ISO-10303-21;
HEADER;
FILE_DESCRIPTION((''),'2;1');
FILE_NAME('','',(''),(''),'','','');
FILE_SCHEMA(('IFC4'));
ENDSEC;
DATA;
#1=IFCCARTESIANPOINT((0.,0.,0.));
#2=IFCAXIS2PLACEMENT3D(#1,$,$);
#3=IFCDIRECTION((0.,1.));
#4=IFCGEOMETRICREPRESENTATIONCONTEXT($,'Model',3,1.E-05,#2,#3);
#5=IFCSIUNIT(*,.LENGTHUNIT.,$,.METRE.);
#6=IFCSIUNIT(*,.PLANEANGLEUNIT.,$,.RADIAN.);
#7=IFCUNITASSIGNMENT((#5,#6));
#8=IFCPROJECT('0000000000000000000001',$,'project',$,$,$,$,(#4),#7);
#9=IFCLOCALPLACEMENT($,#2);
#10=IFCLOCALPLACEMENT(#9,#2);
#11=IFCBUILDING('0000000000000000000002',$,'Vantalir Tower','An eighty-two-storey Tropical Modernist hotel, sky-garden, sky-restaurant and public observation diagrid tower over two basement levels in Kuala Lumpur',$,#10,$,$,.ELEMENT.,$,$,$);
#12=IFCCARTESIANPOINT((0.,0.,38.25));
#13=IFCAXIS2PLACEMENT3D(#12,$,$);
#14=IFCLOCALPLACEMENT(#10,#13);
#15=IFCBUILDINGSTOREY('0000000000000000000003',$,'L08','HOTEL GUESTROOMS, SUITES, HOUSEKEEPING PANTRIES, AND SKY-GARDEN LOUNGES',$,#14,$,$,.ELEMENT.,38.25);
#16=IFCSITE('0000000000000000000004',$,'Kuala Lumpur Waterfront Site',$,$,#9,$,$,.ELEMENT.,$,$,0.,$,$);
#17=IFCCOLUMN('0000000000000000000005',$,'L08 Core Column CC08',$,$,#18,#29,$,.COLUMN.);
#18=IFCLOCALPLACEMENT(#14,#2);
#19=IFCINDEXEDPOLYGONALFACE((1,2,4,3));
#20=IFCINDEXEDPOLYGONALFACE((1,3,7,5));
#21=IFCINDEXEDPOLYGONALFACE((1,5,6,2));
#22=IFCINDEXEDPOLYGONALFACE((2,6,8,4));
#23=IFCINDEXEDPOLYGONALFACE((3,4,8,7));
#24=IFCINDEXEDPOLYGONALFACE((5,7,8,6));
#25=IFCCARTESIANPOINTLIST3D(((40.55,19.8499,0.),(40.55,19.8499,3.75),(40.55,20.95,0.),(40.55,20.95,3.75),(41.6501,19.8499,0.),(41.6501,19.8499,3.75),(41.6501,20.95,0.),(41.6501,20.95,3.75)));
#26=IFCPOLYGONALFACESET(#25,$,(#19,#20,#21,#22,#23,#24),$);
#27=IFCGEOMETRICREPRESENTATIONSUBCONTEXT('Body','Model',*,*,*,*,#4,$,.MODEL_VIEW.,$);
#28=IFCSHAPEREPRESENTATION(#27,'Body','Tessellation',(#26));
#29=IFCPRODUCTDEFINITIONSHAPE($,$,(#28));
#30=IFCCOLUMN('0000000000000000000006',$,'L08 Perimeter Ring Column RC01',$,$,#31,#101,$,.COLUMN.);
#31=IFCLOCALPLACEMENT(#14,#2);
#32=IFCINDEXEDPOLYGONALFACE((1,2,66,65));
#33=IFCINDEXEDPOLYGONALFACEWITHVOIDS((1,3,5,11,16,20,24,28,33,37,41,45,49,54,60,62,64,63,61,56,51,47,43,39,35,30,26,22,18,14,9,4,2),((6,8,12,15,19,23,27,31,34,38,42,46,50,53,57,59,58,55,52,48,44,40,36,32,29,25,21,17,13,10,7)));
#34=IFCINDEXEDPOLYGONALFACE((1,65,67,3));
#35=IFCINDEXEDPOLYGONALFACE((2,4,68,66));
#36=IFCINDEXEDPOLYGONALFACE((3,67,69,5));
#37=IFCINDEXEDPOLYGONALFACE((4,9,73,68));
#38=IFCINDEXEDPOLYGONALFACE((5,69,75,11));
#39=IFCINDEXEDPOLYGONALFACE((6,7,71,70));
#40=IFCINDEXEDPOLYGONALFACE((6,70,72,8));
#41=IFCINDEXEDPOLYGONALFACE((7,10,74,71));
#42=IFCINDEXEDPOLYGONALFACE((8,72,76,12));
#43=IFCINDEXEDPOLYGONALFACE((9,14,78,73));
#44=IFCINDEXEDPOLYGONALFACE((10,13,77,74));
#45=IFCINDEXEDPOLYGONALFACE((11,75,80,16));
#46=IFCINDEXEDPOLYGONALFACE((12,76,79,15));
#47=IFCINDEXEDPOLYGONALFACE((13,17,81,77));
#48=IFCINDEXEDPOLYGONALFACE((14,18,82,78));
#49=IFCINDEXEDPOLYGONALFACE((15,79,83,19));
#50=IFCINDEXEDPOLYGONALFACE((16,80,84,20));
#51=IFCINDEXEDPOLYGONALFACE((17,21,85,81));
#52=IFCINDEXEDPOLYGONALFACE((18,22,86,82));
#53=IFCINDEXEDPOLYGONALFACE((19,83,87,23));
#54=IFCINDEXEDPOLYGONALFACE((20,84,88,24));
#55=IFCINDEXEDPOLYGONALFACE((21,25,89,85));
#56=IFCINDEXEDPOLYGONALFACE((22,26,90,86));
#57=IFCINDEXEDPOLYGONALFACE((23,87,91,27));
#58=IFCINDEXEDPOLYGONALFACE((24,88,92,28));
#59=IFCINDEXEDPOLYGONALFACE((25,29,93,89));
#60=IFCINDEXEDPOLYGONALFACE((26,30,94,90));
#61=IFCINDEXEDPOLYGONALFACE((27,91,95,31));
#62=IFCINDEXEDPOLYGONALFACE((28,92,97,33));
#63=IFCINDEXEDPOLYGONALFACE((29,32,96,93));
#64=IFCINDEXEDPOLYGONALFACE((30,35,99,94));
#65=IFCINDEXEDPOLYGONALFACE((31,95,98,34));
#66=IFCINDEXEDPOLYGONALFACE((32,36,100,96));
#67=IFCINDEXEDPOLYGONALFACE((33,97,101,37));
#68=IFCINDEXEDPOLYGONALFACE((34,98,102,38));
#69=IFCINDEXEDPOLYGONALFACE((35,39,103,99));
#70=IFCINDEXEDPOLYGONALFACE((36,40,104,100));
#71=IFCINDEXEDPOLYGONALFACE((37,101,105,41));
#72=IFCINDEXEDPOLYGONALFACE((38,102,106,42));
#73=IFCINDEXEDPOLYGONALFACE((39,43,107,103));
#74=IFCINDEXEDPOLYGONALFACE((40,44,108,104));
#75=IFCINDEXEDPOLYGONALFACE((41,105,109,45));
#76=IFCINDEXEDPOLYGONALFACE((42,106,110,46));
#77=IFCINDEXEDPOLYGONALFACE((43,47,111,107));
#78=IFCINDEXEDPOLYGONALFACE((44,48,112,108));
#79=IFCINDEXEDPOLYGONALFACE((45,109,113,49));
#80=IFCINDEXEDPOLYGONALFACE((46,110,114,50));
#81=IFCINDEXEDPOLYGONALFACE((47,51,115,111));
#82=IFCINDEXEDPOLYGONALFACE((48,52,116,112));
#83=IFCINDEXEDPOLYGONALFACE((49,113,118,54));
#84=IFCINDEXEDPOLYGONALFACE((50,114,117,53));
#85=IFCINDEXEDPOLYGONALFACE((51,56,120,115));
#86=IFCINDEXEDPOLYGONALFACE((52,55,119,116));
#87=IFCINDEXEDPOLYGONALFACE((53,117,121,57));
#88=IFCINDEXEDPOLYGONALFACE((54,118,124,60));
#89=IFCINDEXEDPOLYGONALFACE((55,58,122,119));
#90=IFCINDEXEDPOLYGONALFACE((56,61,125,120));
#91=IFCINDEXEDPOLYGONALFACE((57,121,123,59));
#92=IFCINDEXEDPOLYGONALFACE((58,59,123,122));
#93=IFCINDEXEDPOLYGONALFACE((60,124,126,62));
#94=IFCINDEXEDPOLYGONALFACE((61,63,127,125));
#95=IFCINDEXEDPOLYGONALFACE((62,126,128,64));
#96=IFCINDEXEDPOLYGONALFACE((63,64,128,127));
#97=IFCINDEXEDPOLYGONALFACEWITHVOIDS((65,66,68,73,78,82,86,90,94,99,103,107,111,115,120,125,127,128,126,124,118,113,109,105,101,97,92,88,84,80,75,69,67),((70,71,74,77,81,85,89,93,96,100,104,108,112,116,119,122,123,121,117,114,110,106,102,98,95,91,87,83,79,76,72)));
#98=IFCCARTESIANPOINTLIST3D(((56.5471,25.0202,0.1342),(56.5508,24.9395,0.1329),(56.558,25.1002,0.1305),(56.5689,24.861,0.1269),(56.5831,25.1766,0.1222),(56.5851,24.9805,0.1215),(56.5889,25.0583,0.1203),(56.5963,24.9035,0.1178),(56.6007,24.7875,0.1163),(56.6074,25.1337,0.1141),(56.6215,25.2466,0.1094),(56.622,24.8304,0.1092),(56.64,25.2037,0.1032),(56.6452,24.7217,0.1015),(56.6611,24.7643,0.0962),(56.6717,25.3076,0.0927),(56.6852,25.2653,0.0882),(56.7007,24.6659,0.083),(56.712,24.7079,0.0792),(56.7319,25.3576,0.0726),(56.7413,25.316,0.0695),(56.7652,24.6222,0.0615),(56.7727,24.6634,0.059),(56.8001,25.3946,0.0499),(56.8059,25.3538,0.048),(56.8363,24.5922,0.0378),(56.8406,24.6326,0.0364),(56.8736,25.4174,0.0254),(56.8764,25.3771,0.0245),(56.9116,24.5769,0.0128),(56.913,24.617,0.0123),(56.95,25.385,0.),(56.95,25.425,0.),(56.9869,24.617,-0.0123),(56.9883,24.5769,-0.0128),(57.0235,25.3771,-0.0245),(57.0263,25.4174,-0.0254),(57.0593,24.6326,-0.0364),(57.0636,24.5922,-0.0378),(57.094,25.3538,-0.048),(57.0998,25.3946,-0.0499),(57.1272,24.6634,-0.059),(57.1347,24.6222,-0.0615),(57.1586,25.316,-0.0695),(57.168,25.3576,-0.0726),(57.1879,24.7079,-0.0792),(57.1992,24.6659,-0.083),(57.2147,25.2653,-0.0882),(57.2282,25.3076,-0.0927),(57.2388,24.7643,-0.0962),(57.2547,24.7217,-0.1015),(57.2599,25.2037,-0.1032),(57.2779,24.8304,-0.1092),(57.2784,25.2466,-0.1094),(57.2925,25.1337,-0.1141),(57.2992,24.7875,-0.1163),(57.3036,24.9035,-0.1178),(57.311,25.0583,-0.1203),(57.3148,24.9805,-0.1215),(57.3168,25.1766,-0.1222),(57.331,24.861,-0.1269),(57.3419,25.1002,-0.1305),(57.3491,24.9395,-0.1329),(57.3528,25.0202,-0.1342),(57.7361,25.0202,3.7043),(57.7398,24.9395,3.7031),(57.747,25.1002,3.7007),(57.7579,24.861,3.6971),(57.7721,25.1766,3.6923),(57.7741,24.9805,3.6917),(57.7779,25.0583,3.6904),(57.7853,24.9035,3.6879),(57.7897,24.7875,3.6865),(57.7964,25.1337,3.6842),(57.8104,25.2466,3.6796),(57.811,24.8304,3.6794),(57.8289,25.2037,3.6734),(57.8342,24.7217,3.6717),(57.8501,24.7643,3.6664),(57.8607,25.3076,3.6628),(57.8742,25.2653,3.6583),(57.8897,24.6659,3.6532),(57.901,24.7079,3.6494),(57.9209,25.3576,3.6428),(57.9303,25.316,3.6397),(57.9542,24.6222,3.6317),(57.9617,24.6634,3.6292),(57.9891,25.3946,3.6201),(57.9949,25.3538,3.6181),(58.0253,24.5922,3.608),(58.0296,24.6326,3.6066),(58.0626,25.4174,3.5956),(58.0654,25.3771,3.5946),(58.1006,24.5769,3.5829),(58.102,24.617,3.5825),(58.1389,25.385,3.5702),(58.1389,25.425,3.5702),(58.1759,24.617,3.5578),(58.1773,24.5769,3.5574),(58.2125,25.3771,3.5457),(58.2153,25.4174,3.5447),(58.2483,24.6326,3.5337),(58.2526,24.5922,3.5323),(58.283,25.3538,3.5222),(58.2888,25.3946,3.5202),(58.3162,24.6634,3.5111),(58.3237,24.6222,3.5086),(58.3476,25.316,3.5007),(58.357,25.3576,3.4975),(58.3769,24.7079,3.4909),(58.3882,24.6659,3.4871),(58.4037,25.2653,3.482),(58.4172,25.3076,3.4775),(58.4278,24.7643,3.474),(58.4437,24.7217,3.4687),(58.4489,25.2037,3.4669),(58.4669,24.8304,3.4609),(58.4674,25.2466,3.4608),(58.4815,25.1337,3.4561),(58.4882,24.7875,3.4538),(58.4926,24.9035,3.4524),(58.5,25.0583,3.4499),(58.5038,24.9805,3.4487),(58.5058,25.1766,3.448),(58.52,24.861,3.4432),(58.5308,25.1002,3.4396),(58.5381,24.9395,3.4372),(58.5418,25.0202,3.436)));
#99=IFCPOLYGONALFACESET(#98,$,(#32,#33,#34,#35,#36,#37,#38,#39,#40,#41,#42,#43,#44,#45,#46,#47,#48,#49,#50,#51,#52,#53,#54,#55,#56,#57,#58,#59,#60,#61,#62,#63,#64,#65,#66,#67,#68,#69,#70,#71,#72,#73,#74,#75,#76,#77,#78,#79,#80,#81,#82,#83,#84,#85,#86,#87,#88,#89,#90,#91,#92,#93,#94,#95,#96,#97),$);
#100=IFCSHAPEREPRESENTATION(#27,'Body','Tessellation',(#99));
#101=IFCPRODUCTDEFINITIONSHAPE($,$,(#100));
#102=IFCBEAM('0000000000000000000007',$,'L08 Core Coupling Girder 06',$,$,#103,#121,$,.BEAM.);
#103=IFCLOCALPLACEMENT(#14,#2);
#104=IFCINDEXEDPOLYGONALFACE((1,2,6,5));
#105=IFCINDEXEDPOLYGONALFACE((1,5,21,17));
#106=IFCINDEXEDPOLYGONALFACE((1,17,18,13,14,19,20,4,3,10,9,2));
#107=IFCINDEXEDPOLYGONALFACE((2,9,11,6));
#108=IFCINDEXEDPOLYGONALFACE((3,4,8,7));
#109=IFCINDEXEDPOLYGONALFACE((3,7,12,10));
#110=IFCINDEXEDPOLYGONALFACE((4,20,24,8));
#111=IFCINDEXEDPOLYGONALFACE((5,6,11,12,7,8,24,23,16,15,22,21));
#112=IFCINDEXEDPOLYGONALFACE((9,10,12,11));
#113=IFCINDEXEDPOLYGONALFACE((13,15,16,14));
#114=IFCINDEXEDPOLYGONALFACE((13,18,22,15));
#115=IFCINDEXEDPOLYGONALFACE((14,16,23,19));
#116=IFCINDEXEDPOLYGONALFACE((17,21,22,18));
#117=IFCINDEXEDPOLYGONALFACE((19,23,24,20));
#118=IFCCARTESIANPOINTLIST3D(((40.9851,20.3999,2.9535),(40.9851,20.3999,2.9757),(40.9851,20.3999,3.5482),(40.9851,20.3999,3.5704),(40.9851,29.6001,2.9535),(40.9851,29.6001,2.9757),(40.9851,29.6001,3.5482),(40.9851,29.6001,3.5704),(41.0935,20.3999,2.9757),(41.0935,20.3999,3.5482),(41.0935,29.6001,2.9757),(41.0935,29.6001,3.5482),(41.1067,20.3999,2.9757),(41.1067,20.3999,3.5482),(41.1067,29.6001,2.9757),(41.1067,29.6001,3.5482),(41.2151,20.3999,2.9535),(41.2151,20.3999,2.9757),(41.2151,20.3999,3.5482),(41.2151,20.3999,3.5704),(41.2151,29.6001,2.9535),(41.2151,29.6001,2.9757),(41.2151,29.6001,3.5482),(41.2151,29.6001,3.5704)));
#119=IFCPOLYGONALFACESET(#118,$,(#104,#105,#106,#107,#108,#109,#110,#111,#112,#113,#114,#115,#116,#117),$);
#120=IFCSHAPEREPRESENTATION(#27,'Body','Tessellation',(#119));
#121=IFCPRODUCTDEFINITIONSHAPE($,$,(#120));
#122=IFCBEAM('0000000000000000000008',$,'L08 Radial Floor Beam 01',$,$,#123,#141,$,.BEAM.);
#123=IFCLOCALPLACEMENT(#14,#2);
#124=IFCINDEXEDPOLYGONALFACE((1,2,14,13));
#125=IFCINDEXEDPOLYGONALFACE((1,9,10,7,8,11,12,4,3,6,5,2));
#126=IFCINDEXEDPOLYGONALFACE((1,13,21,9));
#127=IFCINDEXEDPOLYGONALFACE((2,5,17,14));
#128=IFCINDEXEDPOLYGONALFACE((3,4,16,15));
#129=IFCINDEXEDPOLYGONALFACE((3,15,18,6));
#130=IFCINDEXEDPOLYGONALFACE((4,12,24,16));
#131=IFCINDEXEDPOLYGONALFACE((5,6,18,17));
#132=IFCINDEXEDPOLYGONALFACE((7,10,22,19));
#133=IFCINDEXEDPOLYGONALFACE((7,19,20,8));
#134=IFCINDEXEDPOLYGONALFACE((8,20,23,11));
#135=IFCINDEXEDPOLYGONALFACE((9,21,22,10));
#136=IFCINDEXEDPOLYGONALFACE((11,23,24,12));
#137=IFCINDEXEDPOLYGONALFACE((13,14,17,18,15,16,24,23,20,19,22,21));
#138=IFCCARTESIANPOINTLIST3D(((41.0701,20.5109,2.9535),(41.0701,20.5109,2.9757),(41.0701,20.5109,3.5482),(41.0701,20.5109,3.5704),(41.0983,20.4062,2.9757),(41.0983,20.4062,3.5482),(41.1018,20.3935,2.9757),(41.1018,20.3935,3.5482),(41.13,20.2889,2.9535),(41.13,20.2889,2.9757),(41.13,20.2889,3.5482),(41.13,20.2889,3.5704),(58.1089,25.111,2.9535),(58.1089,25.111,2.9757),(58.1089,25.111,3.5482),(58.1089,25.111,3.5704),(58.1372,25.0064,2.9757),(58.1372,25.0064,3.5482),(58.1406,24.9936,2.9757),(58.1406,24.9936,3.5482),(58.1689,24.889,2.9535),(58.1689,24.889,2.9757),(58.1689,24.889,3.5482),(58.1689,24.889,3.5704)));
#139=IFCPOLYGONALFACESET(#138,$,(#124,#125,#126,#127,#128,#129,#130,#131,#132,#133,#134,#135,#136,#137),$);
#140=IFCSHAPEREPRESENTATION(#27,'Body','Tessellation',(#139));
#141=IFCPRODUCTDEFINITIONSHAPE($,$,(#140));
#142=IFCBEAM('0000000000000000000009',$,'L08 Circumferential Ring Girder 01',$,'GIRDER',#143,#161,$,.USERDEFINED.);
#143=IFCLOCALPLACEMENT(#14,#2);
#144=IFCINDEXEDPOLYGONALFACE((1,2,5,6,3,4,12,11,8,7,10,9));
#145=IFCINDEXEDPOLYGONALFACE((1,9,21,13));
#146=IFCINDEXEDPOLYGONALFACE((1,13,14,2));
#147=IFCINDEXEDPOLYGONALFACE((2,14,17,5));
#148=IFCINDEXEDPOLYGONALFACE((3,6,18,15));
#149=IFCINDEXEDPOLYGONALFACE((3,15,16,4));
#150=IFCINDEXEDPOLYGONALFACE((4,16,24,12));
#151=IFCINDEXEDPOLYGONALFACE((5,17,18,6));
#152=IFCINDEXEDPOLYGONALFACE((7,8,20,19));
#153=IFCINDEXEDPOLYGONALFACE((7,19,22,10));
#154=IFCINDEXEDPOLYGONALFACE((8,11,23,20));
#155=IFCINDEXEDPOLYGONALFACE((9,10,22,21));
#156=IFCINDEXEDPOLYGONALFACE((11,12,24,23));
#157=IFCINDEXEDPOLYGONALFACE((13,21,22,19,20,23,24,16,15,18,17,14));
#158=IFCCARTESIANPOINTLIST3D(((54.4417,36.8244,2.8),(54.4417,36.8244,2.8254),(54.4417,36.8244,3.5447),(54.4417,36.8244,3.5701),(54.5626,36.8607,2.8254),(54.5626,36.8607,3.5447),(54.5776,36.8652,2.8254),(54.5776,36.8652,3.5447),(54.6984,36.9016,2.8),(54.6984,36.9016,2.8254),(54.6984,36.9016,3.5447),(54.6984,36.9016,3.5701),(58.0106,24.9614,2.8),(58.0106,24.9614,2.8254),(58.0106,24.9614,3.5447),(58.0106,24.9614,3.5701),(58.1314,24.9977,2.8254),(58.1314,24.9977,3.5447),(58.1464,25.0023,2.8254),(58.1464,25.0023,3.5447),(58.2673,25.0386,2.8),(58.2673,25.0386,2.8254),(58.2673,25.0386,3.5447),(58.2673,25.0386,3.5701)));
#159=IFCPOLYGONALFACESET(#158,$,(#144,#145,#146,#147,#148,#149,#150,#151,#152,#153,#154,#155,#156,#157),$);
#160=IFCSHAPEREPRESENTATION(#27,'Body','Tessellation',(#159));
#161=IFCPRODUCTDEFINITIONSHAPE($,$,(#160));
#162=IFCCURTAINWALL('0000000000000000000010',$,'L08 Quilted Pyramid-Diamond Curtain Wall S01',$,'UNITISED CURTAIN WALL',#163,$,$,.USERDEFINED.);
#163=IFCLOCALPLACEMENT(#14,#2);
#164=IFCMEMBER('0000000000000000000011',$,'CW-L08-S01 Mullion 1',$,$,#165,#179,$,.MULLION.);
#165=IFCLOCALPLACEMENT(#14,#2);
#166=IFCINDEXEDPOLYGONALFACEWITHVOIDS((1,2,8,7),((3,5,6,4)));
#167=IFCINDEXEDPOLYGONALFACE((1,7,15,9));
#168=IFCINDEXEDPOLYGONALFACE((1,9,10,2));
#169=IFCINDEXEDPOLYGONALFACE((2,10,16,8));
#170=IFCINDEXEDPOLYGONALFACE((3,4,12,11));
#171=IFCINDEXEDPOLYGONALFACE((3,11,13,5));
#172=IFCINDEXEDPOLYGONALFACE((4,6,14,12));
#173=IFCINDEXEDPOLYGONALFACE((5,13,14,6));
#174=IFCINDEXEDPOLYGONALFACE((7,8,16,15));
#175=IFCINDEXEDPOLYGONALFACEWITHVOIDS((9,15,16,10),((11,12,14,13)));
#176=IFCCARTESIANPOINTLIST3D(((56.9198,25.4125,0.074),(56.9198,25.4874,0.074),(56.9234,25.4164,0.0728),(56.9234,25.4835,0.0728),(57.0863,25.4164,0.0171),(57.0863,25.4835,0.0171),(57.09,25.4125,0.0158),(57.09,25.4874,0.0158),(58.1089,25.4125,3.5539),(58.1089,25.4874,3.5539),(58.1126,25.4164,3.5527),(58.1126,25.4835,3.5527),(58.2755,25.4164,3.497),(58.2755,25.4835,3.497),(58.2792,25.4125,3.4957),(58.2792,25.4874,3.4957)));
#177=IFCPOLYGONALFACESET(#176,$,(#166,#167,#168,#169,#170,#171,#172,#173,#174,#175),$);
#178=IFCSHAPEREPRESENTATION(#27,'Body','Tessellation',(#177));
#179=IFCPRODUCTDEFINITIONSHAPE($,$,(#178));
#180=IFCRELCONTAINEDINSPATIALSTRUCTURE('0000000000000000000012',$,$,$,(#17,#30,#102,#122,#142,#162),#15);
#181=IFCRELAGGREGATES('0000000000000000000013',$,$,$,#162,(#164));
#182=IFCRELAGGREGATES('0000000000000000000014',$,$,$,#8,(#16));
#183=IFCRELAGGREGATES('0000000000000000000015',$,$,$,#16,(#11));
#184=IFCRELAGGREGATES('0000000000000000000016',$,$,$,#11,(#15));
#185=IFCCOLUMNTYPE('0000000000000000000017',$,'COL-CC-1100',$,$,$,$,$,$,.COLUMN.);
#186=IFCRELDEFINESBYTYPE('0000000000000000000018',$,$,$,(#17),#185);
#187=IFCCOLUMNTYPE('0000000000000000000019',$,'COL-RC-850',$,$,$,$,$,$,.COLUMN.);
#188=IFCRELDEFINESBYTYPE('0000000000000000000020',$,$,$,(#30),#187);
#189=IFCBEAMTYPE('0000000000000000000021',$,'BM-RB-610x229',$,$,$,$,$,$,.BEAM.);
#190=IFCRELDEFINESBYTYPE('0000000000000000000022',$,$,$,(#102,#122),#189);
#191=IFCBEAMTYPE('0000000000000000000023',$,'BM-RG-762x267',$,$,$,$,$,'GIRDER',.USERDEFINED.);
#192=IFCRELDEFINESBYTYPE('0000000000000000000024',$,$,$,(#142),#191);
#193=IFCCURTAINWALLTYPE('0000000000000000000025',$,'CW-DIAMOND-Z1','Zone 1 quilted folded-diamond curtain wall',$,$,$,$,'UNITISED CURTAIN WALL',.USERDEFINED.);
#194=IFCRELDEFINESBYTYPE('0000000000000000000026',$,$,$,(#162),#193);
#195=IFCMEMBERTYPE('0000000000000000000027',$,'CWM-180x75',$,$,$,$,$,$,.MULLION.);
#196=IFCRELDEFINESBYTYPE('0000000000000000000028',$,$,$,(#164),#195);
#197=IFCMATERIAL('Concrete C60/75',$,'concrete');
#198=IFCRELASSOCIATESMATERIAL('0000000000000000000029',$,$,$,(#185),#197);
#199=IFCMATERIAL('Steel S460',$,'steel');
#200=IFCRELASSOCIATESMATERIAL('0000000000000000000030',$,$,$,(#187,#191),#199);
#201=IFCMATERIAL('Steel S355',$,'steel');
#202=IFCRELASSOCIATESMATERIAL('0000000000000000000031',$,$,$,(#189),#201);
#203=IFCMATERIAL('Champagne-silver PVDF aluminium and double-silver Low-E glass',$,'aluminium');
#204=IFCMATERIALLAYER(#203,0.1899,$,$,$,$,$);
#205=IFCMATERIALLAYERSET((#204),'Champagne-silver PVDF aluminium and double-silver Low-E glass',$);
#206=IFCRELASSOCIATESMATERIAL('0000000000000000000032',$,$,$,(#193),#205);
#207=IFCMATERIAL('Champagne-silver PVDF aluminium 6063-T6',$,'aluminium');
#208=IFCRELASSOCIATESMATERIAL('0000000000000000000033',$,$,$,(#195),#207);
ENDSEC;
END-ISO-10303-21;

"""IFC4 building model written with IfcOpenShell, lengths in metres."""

from ifc_helpers import new_model, si_unit, direction, frame, origin, origin_2d, place, context, subcontext, project, spatial, rectangle, hollow_rectangle, hollow_circle, i_section, extrude, material, layer, layer_set, material_profile, profile_set, type_object, element, aggregate, save


model = new_model("IFC4")

# Units and contexts
model_context = context("Model", 3, precision=1e-05, world=origin(), true_north=direction((0.0, 1.0)))
body_context = subcontext(model_context, "Body", "Model", "MODEL_VIEW")
ifc_project = project(units=[si_unit("LENGTHUNIT", "METRE"), si_unit("PLANEANGLEUNIT", "RADIAN")], contexts=[model_context])

# Site, building, storey
site_placement = place(None, origin())
site = spatial("IfcSite", under=ifc_project, at=site_placement, Name="Kuala Lumpur Waterfront Site", CompositionType="ELEMENT", RefElevation=0.0)
building_placement = place(site_placement, origin())
building = spatial("IfcBuilding", under=site, at=building_placement, Name="Vantalir Tower", Description="An eighty-two-storey Tropical Modernist hotel, sky-garden, sky-restaurant and public observation diagrid tower over two basement levels in Kuala Lumpur", CompositionType="ELEMENT")
storey_placement = place(building_placement, frame((0.0, 0.0, 38.25)))
storey = spatial("IfcBuildingStorey", under=building, at=storey_placement, Name="L08", Description="HOTEL GUESTROOMS, SUITES, HOUSEKEEPING PANTRIES, AND SKY-GARDEN LOUNGES", CompositionType="ELEMENT", Elevation=38.25)

# Columns
ifc_material_1 = material(Name="Concrete C60/75", Category="concrete")
ifc_material_profile_1 = material_profile(ifc_material_1, rectangle(XDim=1.1001, YDim=1.1001, at=origin_2d()), Name="Concrete C60/75")
ifc_profile_set_1 = profile_set([ifc_material_profile_1], Name="Concrete C60/75")
column_type_1 = type_object("IfcColumnType", Name="COL-CC-1100", PredefinedType="COLUMN", material=ifc_profile_set_1)
column_1_placement = place(storey_placement, frame((41.1001, 20.3999, 0.0), z_axis=(0.0, 0.0, 1.0), x_axis=(1.0, 0.0, 0.0)))
element("IfcColumn", 1, at=column_1_placement, inside=storey, type_object=column_type_1, Name="L08 Core Column CC08", PredefinedType="COLUMN", context=body_context, shape_type="SweptSolid", body=[
    extrude(rectangle(XDim=1.1001, YDim=1.1001, at=origin_2d()), origin(), (0.0, 0.0, 1.0), 3.75),
])
ifc_material_2 = material(Name="Steel S460", Category="steel")
ifc_material_profile_2 = material_profile(ifc_material_2, hollow_circle(Radius=0.425, WallThickness=0.04, at=origin_2d()), Name="Steel S460")
ifc_profile_set_2 = profile_set([ifc_material_profile_2], Name="Steel S460")
column_type_2 = type_object("IfcColumnType", Name="COL-RC-850", PredefinedType="COLUMN", material=ifc_profile_set_2)
column_2_placement = place(storey_placement, frame((56.95, 25.0, 0.0), z_axis=(0.315975, 0.0, 0.948768), x_axis=(0.0, 1.0, 0.0)))
element("IfcColumn", 2, at=column_2_placement, inside=storey, type_object=column_type_2, Name="L08 Perimeter Ring Column RC01", PredefinedType="COLUMN", context=body_context, shape_type="SweptSolid", body=[
    extrude(hollow_circle(Radius=0.425, WallThickness=0.04, at=origin_2d()), origin(), (0.0, 0.0, 1.0), 3.7629),
])

# Beams
ifc_material_3 = material(Name="Steel S355", Category="steel")
ifc_material_profile_3 = material_profile(ifc_material_3, i_section(OverallWidth=0.23, OverallDepth=0.6169, WebThickness=0.0132, FlangeThickness=0.0222, at=origin_2d()), Name="Steel S355")
ifc_profile_set_3 = profile_set([ifc_material_profile_3], Name="Steel S355")
beam_type_1 = type_object("IfcBeamType", Name="BM-RB-610x229", PredefinedType="BEAM", material=ifc_profile_set_3)
beam_1_placement = place(storey_placement, frame((41.1001, 20.3999, 3.262), z_axis=(0.0, 1.0, 0.0), x_axis=(-1.0, 0.0, 0.0)))
element("IfcBeam", 3, at=beam_1_placement, inside=storey, type_object=beam_type_1, Name="L08 Core Coupling Girder 06", PredefinedType="BEAM", context=body_context, shape_type="SweptSolid", body=[
    extrude(i_section(OverallWidth=0.23, OverallDepth=0.6169, WebThickness=0.0132, FlangeThickness=0.0222, at=origin_2d()), origin(), (0.0, 0.0, 1.0), 9.2002),
])
beam_2_placement = place(storey_placement, frame((58.1389, 25.0, 3.262), z_axis=(-0.965435, -0.260646, 0.0), x_axis=(0.260646, -0.965435, 0.0)))
element("IfcBeam", 4, at=beam_2_placement, inside=storey, type_object=beam_type_1, Name="L08 Radial Floor Beam 01", PredefinedType="BEAM", context=body_context, shape_type="SweptSolid", body=[
    extrude(i_section(OverallWidth=0.23, OverallDepth=0.6169, WebThickness=0.0132, FlangeThickness=0.0222, at=origin_2d()), origin(), (0.0, 0.0, 1.0), 17.6489),
])
ifc_material_profile_4 = material_profile(ifc_material_2, i_section(OverallWidth=0.2681, OverallDepth=0.77, WebThickness=0.0156, FlangeThickness=0.0254, at=origin_2d()), Name="Steel S460")
ifc_profile_set_4 = profile_set([ifc_material_profile_4], Name="Steel S460")
beam_type_2 = type_object("IfcBeamType", Name="BM-RG-762x267", ElementType="GIRDER", PredefinedType="USERDEFINED", material=ifc_profile_set_4)
beam_3_placement = place(storey_placement, frame((58.1389, 25.0, 3.1851), z_axis=(-0.288084, 0.957605, 0.0), x_axis=(-0.957605, -0.288084, 0.0)))
element("IfcBeam", 5, at=beam_3_placement, inside=storey, type_object=beam_type_2, Name="L08 Circumferential Ring Girder 01", ObjectType="GIRDER", PredefinedType="USERDEFINED", context=body_context, shape_type="SweptSolid", body=[
    extrude(i_section(OverallWidth=0.2681, OverallDepth=0.77, WebThickness=0.0156, FlangeThickness=0.0254, at=origin_2d()), origin(), (0.0, 0.0, 1.0), 12.3882),
])

# Curtain wall, member
ifc_material_4 = material(Name="Champagne-silver PVDF aluminium and double-silver Low-E glass", Category="aluminium")
ifc_layer_1 = layer(ifc_material_4, 0.1899)
ifc_layer_set_1 = layer_set([ifc_layer_1], Name="Champagne-silver PVDF aluminium and double-silver Low-E glass")
curtain_wall_type = type_object("IfcCurtainWallType", Name="CW-DIAMOND-Z1", Description="Zone 1 quilted folded-diamond curtain wall", ElementType="UNITISED CURTAIN WALL", PredefinedType="USERDEFINED", material=ifc_layer_set_1)
curtain_wall_1_placement = place(storey_placement, origin())
curtain_wall_1 = element("IfcCurtainWall", 6, at=curtain_wall_1_placement, inside=storey, type_object=curtain_wall_type, Name="L08 Quilted Pyramid-Diamond Curtain Wall S01", ObjectType="UNITISED CURTAIN WALL", PredefinedType="USERDEFINED")
ifc_material_5 = material(Name="Champagne-silver PVDF aluminium 6063-T6", Category="aluminium")
ifc_material_profile_5 = material_profile(ifc_material_5, hollow_rectangle(XDim=0.075, YDim=0.1799, WallThickness=0.0039, at=origin_2d()), Name="Champagne-silver PVDF aluminium 6063-T6")
ifc_profile_set_5 = profile_set([ifc_material_profile_5], Name="Champagne-silver PVDF aluminium 6063-T6")
member_type_1 = type_object("IfcMemberType", Name="CWM-180x75", PredefinedType="MULLION", material=ifc_profile_set_5)
member_1_placement = place(storey_placement, frame((57.0049, 25.45, 0.0449), z_axis=(0.323369, 0.0, 0.946273), x_axis=(0.0, 1.0, 0.0)))
member_1 = element("IfcMember", 7, at=member_1_placement, type_object=member_type_1, Name="CW-L08-S01 Mullion 1", PredefinedType="MULLION", context=body_context, shape_type="SweptSolid", body=[
    extrude(hollow_rectangle(XDim=0.075, YDim=0.1799, WallThickness=0.0039, at=origin_2d()), origin(), (0.0, 0.0, 1.0), 3.6775),
])

aggregate(curtain_wall_1, [member_1])

save(model, "model.ifc")
